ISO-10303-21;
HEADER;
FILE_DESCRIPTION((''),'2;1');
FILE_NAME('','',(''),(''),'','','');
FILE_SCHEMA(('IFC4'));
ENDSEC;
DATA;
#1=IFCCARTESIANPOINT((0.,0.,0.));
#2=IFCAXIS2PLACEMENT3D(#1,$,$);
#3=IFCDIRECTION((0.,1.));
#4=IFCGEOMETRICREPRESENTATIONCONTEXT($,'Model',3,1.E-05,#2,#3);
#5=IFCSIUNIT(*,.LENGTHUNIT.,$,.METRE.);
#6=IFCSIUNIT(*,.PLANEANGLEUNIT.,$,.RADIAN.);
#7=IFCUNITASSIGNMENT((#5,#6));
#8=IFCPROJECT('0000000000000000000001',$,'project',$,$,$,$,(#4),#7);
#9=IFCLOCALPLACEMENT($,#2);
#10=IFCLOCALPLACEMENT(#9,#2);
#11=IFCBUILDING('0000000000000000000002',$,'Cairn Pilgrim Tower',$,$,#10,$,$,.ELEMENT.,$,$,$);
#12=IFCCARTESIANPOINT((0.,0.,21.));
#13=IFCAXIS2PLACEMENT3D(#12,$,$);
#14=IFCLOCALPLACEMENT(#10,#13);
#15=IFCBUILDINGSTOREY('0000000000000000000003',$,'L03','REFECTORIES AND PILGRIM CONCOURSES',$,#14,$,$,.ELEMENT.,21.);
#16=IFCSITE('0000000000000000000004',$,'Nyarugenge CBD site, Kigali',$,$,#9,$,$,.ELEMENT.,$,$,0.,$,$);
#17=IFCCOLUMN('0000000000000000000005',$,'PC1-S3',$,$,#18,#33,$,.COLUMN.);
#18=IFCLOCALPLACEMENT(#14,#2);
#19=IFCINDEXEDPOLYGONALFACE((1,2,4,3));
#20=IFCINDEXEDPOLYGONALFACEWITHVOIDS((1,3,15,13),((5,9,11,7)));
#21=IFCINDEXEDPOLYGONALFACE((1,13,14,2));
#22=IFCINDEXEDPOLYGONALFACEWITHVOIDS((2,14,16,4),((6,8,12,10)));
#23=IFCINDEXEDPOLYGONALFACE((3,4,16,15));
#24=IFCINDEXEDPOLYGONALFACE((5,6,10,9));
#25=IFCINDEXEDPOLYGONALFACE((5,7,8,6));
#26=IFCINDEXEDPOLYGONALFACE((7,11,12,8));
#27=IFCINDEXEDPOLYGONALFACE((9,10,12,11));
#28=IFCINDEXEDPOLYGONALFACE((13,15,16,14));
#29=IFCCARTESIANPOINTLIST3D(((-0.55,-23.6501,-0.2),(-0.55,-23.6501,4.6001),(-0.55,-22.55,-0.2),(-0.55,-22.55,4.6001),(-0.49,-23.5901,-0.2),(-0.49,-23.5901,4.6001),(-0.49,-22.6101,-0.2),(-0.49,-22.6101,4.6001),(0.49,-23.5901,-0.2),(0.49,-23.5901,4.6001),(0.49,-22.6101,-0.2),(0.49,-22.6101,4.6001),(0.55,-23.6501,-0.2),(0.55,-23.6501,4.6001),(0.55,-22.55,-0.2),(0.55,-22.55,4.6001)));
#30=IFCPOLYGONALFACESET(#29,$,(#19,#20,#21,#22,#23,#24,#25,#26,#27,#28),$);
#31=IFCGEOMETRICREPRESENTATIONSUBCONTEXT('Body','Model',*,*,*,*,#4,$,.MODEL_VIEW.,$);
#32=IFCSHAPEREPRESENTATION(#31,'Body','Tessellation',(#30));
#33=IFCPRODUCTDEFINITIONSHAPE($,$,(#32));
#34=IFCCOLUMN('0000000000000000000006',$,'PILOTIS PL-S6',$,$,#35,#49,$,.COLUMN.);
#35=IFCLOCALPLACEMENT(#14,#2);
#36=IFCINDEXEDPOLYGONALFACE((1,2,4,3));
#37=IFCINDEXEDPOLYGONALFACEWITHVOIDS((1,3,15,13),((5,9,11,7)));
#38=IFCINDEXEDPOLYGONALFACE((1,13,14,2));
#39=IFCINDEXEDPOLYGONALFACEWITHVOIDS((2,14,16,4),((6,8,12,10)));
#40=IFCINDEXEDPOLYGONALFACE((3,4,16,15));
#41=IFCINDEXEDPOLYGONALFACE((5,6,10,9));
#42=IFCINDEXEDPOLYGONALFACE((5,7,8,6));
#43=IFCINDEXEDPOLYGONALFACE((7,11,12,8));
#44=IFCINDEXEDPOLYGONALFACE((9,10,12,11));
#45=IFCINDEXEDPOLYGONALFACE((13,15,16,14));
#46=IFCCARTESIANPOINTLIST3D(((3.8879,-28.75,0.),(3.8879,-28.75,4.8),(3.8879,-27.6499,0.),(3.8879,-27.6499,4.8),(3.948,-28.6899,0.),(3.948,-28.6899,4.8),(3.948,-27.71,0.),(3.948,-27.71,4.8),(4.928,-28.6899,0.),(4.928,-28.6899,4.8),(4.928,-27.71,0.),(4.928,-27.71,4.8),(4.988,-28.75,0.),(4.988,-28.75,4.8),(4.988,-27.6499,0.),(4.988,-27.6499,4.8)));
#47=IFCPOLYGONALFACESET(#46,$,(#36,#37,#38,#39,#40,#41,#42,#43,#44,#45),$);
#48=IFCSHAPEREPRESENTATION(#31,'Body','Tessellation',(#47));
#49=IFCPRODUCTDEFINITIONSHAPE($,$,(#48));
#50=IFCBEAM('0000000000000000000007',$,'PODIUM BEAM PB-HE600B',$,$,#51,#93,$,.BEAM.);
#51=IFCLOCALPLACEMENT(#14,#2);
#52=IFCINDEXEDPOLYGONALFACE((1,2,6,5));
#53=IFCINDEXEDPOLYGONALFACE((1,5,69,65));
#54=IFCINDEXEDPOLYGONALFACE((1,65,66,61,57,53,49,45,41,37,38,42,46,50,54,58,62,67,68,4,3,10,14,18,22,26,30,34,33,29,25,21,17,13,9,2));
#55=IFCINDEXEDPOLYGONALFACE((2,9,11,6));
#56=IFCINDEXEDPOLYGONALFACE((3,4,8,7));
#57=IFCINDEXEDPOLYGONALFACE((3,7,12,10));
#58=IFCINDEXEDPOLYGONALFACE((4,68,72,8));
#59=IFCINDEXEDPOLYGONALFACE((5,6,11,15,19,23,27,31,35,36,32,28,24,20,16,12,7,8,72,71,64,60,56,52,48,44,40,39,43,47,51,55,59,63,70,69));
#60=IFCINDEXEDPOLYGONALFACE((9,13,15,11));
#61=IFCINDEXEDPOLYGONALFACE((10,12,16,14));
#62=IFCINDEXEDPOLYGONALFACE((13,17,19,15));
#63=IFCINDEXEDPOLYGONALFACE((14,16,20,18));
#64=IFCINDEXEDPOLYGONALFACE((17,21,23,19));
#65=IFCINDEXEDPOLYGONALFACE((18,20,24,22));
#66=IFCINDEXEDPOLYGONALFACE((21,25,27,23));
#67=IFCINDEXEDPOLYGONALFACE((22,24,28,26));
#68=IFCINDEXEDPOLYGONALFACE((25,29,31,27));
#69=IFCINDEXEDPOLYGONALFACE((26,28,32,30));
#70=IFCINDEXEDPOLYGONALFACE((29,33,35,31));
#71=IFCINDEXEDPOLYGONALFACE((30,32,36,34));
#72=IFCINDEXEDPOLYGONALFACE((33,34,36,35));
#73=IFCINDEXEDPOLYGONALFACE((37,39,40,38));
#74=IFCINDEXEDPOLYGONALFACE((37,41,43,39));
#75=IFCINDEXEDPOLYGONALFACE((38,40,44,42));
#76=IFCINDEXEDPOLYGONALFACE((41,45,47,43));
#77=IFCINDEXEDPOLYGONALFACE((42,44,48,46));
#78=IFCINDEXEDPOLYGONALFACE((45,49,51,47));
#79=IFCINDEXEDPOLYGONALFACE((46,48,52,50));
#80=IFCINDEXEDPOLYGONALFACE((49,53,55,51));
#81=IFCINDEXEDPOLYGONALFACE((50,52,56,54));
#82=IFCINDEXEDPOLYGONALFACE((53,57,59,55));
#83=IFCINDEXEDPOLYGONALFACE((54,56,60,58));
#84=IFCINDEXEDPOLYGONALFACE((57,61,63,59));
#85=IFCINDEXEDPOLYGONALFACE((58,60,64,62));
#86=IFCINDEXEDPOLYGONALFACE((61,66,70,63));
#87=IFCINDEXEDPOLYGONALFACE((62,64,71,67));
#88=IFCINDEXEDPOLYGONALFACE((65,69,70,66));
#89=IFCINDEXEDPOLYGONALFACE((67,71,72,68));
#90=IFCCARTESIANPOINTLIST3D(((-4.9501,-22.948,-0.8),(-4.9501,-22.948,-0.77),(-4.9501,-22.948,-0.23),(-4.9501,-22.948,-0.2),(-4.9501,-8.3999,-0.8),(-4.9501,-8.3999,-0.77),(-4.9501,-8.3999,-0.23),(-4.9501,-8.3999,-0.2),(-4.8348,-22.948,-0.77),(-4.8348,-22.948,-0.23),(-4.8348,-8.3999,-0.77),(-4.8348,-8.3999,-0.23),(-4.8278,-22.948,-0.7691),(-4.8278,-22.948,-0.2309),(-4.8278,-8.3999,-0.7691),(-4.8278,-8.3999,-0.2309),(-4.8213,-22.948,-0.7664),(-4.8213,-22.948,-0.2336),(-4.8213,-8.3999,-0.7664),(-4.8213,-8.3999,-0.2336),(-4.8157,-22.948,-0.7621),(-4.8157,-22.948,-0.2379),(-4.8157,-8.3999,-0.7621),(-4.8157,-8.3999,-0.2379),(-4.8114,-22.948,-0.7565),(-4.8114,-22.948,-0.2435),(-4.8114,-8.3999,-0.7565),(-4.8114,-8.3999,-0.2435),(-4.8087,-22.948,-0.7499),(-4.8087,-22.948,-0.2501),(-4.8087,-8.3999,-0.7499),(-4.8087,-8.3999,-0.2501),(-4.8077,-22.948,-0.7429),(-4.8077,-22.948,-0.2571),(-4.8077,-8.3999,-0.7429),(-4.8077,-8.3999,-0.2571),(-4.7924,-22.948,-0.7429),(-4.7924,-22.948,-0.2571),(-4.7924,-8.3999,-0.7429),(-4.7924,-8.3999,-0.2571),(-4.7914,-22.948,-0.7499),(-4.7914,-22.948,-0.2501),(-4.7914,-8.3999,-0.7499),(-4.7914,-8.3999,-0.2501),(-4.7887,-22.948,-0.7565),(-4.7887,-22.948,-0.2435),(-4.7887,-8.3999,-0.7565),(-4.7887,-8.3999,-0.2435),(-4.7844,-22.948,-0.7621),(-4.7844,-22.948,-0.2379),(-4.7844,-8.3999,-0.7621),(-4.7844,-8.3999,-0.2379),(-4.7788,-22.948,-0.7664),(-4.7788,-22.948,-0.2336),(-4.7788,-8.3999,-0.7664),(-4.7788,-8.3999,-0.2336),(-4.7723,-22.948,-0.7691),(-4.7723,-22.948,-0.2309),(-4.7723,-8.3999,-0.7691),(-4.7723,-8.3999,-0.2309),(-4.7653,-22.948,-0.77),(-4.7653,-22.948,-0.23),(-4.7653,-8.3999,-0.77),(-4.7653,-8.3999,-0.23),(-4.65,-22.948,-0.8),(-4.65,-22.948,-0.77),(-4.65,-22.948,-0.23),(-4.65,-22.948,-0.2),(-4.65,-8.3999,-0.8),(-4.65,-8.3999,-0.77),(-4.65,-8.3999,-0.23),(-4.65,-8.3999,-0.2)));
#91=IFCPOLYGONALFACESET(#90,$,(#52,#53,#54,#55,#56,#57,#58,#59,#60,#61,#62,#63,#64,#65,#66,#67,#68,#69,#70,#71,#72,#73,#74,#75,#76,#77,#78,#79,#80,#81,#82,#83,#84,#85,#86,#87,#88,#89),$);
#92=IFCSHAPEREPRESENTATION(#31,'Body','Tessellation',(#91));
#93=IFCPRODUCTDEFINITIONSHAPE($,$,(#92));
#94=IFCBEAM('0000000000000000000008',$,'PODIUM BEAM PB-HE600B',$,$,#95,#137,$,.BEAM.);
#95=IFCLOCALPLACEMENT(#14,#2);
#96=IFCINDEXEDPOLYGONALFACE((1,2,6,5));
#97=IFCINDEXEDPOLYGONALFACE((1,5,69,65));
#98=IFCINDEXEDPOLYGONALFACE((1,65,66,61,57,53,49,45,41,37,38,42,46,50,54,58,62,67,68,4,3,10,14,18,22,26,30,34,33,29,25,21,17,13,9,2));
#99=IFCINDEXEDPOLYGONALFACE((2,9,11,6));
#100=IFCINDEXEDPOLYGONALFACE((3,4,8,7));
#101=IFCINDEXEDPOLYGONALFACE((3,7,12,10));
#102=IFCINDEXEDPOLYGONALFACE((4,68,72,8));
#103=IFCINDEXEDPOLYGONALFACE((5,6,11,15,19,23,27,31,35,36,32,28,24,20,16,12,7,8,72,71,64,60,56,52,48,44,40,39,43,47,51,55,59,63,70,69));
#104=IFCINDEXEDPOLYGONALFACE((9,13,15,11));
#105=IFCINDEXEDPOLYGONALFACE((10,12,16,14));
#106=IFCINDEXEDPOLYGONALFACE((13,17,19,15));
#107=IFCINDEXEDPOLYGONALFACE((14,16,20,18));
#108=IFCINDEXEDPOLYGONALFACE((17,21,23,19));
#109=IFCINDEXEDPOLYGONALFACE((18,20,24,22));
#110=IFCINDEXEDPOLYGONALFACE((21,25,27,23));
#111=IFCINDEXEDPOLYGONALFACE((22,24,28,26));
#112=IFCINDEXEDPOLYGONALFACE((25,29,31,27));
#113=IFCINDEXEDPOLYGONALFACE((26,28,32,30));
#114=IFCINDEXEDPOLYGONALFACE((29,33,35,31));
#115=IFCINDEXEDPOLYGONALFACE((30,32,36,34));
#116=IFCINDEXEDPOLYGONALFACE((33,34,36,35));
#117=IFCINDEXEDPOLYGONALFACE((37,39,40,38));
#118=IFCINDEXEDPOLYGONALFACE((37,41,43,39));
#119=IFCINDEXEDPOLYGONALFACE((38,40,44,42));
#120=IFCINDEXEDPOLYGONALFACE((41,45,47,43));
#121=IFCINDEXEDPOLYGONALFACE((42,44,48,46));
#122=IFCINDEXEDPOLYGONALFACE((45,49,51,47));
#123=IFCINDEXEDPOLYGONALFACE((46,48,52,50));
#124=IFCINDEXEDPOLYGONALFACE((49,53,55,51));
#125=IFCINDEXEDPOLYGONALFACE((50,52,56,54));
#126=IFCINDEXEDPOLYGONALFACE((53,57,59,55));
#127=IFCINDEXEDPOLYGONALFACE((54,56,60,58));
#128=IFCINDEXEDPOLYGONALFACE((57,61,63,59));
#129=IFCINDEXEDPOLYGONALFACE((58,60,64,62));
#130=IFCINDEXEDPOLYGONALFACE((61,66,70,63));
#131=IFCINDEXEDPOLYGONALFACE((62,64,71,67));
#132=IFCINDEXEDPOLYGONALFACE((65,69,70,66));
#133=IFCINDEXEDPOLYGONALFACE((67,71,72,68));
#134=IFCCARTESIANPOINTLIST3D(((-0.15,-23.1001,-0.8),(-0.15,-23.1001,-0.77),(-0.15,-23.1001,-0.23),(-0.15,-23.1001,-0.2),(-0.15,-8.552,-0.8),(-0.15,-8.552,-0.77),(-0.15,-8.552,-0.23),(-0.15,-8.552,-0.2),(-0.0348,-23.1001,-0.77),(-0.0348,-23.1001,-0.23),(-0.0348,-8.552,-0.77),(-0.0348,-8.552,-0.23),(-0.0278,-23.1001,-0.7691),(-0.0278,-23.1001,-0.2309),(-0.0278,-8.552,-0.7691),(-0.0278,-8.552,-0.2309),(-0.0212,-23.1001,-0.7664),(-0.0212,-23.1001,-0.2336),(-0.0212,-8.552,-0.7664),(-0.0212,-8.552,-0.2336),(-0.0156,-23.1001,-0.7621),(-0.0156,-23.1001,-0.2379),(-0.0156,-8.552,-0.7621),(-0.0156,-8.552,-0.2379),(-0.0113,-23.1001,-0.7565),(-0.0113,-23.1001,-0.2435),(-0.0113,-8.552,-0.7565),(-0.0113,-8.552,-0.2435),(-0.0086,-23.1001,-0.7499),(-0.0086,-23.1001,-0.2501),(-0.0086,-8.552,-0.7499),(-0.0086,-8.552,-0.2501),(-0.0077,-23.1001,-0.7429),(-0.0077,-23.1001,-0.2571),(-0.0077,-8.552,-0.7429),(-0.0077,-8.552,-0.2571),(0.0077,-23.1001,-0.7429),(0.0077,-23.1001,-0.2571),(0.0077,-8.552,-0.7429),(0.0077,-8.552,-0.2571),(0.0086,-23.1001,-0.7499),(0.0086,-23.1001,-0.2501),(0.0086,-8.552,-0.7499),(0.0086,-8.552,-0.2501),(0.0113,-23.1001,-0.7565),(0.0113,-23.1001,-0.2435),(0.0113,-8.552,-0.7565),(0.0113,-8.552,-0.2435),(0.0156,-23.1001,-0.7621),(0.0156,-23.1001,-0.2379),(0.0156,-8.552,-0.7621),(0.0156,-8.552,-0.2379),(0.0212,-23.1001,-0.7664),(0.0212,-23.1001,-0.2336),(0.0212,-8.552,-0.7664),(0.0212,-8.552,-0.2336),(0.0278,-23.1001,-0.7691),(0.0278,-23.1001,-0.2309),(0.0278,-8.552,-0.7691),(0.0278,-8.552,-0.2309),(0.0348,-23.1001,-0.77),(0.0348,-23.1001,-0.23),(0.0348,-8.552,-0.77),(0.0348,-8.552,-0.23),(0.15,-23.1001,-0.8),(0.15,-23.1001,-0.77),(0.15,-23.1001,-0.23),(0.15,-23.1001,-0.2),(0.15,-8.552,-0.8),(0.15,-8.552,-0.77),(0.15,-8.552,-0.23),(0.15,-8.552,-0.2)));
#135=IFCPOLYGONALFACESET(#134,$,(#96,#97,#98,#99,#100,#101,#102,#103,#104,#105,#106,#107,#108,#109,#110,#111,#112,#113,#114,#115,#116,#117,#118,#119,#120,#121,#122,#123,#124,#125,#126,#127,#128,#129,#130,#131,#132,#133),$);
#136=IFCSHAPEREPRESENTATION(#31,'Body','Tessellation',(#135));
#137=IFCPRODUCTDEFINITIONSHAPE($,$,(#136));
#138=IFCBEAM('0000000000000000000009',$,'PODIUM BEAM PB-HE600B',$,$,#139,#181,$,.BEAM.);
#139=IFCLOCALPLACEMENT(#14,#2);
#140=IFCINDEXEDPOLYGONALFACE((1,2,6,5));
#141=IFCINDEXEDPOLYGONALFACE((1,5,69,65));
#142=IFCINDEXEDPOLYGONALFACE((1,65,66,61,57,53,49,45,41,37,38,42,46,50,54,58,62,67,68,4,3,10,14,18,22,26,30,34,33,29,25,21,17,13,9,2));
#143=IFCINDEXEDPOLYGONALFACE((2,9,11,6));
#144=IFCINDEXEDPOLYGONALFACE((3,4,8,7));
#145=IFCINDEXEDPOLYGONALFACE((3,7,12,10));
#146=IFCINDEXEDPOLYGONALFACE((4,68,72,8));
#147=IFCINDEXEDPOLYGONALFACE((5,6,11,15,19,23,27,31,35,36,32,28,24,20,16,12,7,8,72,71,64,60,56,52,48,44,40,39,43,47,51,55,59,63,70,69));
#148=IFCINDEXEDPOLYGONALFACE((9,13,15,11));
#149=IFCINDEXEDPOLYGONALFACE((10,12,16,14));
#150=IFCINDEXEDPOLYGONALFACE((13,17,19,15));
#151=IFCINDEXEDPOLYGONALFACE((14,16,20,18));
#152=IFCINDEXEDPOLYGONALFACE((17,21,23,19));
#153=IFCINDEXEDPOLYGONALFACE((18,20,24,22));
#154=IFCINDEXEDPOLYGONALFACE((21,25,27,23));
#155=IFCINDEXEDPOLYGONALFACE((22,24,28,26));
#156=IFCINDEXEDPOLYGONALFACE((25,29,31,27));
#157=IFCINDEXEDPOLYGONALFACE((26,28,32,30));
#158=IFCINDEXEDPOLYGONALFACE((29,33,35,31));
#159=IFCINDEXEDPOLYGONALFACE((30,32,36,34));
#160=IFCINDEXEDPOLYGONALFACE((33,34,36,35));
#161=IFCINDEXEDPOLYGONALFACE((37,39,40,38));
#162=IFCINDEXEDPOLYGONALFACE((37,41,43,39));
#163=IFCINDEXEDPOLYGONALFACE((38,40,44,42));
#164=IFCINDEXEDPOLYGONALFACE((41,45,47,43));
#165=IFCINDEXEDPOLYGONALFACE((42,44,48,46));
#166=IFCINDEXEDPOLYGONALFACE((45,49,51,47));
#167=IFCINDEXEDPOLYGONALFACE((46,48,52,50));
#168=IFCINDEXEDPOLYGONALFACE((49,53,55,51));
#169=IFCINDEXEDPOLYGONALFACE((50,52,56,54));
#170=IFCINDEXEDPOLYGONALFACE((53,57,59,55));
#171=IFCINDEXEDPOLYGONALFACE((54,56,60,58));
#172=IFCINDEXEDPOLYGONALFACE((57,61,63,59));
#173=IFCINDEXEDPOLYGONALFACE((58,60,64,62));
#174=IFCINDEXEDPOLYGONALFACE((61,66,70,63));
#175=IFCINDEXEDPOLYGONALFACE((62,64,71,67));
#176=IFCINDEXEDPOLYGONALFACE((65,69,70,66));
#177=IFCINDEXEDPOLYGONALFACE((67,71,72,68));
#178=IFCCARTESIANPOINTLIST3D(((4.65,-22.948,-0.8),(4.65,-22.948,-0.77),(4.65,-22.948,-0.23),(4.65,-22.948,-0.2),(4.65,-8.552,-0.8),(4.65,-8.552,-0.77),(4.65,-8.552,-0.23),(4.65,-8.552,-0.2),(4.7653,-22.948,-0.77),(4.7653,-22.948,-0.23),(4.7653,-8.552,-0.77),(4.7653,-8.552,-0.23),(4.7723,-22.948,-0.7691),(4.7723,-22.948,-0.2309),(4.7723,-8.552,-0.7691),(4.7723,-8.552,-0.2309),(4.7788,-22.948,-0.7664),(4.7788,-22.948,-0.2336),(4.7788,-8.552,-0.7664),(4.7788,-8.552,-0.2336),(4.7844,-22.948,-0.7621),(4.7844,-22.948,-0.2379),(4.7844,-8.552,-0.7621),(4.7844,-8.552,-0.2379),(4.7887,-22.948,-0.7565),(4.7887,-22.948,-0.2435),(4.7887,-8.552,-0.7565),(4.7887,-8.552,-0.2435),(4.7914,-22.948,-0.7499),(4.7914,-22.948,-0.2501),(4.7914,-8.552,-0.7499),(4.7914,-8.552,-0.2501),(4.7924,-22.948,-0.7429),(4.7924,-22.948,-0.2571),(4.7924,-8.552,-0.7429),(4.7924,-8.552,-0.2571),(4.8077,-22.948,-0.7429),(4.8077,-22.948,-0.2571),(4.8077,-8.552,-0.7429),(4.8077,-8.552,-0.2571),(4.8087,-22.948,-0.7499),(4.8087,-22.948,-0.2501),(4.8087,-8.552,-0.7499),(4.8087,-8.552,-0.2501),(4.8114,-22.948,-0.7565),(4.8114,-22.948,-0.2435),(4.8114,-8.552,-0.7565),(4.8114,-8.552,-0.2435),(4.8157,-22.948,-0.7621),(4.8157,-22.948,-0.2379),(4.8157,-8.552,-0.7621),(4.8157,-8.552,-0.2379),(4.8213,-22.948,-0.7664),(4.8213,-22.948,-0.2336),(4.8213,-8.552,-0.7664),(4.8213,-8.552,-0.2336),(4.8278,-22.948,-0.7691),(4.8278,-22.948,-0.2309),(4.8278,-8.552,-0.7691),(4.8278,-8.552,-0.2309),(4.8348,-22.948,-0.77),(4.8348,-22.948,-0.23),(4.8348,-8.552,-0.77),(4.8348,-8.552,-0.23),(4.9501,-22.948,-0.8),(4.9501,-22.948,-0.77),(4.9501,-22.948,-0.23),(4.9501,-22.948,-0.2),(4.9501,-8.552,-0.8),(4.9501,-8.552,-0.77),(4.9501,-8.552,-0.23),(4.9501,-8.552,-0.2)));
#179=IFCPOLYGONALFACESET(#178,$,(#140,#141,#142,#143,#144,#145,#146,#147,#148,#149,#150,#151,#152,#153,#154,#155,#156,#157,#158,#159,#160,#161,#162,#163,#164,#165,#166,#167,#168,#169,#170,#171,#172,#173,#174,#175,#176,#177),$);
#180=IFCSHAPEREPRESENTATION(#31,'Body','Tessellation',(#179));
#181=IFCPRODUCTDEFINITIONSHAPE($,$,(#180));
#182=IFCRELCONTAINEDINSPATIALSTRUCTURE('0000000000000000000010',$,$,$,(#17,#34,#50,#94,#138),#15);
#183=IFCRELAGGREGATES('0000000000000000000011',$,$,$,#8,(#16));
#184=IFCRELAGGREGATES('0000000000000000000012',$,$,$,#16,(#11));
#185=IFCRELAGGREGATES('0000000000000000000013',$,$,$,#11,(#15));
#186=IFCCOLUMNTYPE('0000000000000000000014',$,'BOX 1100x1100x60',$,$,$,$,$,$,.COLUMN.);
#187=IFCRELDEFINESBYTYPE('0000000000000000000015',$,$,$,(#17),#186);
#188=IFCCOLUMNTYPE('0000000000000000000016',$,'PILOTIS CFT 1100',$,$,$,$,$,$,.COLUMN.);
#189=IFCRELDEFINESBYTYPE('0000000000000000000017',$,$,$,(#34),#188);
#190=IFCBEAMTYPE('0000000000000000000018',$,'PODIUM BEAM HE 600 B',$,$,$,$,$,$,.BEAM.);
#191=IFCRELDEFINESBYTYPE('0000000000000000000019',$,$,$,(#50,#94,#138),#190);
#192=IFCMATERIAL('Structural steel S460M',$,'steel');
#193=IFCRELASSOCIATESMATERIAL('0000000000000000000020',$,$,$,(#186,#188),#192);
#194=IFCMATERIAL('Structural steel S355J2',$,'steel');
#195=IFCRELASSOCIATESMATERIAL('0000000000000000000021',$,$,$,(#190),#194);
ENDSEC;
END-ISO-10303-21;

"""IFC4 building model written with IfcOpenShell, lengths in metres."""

from ifc_helpers import new_model, si_unit, direction, frame, origin, origin_2d, place, context, subcontext, project, spatial, hollow_rectangle, i_section, extrude, material, material_profile, profile_set, type_object, element, save


model = new_model("IFC4")

# Units and contexts
model_context = context("Model", 3, precision=1e-05, world=origin(), true_north=direction((0.0, 1.0)))
body_context = subcontext(model_context, "Body", "Model", "MODEL_VIEW")
ifc_project = project(units=[si_unit("LENGTHUNIT", "METRE"), si_unit("PLANEANGLEUNIT", "RADIAN")], contexts=[model_context])

# Site, building, storey
site_placement = place(None, origin())
site = spatial("IfcSite", under=ifc_project, at=site_placement, Name="Nyarugenge CBD site, Kigali", CompositionType="ELEMENT", RefElevation=0.0)
building_placement = place(site_placement, origin())
building = spatial("IfcBuilding", under=site, at=building_placement, Name="Cairn Pilgrim Tower", CompositionType="ELEMENT")
storey_placement = place(building_placement, frame((0.0, 0.0, 21.0)))
storey = spatial("IfcBuildingStorey", under=building, at=storey_placement, Name="L03", Description="REFECTORIES AND PILGRIM CONCOURSES", CompositionType="ELEMENT", Elevation=21.0)

# Columns
ifc_material_1 = material(Name="Structural steel S460M", Category="steel")
ifc_material_profile_1 = material_profile(ifc_material_1, hollow_rectangle(XDim=1.1001, YDim=1.1001, WallThickness=0.0601, at=origin_2d()), Name="BOX 1100x1100x60")
ifc_profile_set_1 = profile_set([ifc_material_profile_1], Name="Structural steel S460M")
column_type_1 = type_object("IfcColumnType", Name="BOX 1100x1100x60", PredefinedType="COLUMN", material=ifc_profile_set_1)
column_1_placement = place(storey_placement, frame((0.0, -23.1001, -0.2), z_axis=(0.0, 0.0, 1.0), x_axis=(1.0, 0.0, 0.0)))
element("IfcColumn", 1, at=column_1_placement, inside=storey, type_object=column_type_1, Name="PC1-S3", PredefinedType="COLUMN", context=body_context, shape_type="SweptSolid", body=[
    extrude(hollow_rectangle(XDim=1.1001, YDim=1.1001, WallThickness=0.0601, at=origin_2d()), origin(), (0.0, 0.0, 1.0), 4.8),
])
ifc_material_profile_2 = material_profile(ifc_material_1, hollow_rectangle(XDim=1.1001, YDim=1.1001, WallThickness=0.0601, at=origin_2d()), Name="BOX 1100x1100x60")
ifc_profile_set_2 = profile_set([ifc_material_profile_2], Name="Structural steel S460M")
column_type_2 = type_object("IfcColumnType", Name="PILOTIS CFT 1100", PredefinedType="COLUMN", material=ifc_profile_set_2)
column_2_placement = place(storey_placement, frame((4.438, -28.2, 0.0), z_axis=(0.0, 0.0, 1.0), x_axis=(1.0, 0.0, 0.0)))
element("IfcColumn", 2, at=column_2_placement, inside=storey, type_object=column_type_2, Name="PILOTIS PL-S6", PredefinedType="COLUMN", context=body_context, shape_type="SweptSolid", body=[
    extrude(hollow_rectangle(XDim=1.1001, YDim=1.1001, WallThickness=0.0601, at=origin_2d()), origin(), (0.0, 0.0, 1.0), 4.8),
])

# Beams
ifc_material_2 = material(Name="Structural steel S355J2", Category="steel")
ifc_material_profile_3 = material_profile(ifc_material_2, i_section(OverallWidth=0.3, OverallDepth=0.6001, WebThickness=0.0154, FlangeThickness=0.03, FilletRadius=0.0271, at=origin_2d()), Name="HEB 600")
ifc_profile_set_3 = profile_set([ifc_material_profile_3], Name="Structural steel S355J2")
beam_type_1 = type_object("IfcBeamType", Name="PODIUM BEAM HE 600 B", PredefinedType="BEAM", material=ifc_profile_set_3)
for number, where, z_axis, x_axis, name in (
    (3, (-4.8, -22.948, -0.5), (0.0, 1.0, 0.0), (-1.0, 0.0, 0.0), "PODIUM BEAM PB-HE600B"),
    (4, (0.0, -23.1001, -0.5), (0.0, 1.0, 0.0), (-1.0, 0.0, 0.0), "PODIUM BEAM PB-HE600B"),
):
    element("IfcBeam", number, at=place(storey_placement, frame(where, z_axis=z_axis, x_axis=x_axis)), inside=storey, type_object=beam_type_1, Name=name, PredefinedType="BEAM", context=body_context, shape_type="SweptSolid", body=[
        extrude(i_section(OverallWidth=0.3, OverallDepth=0.6001, WebThickness=0.0154, FlangeThickness=0.03, FilletRadius=0.0271, at=origin_2d()), origin(), (0.0, 0.0, 1.0), 14.5481),
    ])
beam_1_placement = place(storey_placement, frame((4.8, -22.948, -0.5), z_axis=(0.0, 1.0, 0.0), x_axis=(-1.0, 0.0, 0.0)))
element("IfcBeam", 5, at=beam_1_placement, inside=storey, type_object=beam_type_1, Name="PODIUM BEAM PB-HE600B", PredefinedType="BEAM", context=body_context, shape_type="SweptSolid", body=[
    extrude(i_section(OverallWidth=0.3, OverallDepth=0.6001, WebThickness=0.0154, FlangeThickness=0.03, FilletRadius=0.0271, at=origin_2d()), origin(), (0.0, 0.0, 1.0), 14.396),
])

save(model, "model.ifc")
